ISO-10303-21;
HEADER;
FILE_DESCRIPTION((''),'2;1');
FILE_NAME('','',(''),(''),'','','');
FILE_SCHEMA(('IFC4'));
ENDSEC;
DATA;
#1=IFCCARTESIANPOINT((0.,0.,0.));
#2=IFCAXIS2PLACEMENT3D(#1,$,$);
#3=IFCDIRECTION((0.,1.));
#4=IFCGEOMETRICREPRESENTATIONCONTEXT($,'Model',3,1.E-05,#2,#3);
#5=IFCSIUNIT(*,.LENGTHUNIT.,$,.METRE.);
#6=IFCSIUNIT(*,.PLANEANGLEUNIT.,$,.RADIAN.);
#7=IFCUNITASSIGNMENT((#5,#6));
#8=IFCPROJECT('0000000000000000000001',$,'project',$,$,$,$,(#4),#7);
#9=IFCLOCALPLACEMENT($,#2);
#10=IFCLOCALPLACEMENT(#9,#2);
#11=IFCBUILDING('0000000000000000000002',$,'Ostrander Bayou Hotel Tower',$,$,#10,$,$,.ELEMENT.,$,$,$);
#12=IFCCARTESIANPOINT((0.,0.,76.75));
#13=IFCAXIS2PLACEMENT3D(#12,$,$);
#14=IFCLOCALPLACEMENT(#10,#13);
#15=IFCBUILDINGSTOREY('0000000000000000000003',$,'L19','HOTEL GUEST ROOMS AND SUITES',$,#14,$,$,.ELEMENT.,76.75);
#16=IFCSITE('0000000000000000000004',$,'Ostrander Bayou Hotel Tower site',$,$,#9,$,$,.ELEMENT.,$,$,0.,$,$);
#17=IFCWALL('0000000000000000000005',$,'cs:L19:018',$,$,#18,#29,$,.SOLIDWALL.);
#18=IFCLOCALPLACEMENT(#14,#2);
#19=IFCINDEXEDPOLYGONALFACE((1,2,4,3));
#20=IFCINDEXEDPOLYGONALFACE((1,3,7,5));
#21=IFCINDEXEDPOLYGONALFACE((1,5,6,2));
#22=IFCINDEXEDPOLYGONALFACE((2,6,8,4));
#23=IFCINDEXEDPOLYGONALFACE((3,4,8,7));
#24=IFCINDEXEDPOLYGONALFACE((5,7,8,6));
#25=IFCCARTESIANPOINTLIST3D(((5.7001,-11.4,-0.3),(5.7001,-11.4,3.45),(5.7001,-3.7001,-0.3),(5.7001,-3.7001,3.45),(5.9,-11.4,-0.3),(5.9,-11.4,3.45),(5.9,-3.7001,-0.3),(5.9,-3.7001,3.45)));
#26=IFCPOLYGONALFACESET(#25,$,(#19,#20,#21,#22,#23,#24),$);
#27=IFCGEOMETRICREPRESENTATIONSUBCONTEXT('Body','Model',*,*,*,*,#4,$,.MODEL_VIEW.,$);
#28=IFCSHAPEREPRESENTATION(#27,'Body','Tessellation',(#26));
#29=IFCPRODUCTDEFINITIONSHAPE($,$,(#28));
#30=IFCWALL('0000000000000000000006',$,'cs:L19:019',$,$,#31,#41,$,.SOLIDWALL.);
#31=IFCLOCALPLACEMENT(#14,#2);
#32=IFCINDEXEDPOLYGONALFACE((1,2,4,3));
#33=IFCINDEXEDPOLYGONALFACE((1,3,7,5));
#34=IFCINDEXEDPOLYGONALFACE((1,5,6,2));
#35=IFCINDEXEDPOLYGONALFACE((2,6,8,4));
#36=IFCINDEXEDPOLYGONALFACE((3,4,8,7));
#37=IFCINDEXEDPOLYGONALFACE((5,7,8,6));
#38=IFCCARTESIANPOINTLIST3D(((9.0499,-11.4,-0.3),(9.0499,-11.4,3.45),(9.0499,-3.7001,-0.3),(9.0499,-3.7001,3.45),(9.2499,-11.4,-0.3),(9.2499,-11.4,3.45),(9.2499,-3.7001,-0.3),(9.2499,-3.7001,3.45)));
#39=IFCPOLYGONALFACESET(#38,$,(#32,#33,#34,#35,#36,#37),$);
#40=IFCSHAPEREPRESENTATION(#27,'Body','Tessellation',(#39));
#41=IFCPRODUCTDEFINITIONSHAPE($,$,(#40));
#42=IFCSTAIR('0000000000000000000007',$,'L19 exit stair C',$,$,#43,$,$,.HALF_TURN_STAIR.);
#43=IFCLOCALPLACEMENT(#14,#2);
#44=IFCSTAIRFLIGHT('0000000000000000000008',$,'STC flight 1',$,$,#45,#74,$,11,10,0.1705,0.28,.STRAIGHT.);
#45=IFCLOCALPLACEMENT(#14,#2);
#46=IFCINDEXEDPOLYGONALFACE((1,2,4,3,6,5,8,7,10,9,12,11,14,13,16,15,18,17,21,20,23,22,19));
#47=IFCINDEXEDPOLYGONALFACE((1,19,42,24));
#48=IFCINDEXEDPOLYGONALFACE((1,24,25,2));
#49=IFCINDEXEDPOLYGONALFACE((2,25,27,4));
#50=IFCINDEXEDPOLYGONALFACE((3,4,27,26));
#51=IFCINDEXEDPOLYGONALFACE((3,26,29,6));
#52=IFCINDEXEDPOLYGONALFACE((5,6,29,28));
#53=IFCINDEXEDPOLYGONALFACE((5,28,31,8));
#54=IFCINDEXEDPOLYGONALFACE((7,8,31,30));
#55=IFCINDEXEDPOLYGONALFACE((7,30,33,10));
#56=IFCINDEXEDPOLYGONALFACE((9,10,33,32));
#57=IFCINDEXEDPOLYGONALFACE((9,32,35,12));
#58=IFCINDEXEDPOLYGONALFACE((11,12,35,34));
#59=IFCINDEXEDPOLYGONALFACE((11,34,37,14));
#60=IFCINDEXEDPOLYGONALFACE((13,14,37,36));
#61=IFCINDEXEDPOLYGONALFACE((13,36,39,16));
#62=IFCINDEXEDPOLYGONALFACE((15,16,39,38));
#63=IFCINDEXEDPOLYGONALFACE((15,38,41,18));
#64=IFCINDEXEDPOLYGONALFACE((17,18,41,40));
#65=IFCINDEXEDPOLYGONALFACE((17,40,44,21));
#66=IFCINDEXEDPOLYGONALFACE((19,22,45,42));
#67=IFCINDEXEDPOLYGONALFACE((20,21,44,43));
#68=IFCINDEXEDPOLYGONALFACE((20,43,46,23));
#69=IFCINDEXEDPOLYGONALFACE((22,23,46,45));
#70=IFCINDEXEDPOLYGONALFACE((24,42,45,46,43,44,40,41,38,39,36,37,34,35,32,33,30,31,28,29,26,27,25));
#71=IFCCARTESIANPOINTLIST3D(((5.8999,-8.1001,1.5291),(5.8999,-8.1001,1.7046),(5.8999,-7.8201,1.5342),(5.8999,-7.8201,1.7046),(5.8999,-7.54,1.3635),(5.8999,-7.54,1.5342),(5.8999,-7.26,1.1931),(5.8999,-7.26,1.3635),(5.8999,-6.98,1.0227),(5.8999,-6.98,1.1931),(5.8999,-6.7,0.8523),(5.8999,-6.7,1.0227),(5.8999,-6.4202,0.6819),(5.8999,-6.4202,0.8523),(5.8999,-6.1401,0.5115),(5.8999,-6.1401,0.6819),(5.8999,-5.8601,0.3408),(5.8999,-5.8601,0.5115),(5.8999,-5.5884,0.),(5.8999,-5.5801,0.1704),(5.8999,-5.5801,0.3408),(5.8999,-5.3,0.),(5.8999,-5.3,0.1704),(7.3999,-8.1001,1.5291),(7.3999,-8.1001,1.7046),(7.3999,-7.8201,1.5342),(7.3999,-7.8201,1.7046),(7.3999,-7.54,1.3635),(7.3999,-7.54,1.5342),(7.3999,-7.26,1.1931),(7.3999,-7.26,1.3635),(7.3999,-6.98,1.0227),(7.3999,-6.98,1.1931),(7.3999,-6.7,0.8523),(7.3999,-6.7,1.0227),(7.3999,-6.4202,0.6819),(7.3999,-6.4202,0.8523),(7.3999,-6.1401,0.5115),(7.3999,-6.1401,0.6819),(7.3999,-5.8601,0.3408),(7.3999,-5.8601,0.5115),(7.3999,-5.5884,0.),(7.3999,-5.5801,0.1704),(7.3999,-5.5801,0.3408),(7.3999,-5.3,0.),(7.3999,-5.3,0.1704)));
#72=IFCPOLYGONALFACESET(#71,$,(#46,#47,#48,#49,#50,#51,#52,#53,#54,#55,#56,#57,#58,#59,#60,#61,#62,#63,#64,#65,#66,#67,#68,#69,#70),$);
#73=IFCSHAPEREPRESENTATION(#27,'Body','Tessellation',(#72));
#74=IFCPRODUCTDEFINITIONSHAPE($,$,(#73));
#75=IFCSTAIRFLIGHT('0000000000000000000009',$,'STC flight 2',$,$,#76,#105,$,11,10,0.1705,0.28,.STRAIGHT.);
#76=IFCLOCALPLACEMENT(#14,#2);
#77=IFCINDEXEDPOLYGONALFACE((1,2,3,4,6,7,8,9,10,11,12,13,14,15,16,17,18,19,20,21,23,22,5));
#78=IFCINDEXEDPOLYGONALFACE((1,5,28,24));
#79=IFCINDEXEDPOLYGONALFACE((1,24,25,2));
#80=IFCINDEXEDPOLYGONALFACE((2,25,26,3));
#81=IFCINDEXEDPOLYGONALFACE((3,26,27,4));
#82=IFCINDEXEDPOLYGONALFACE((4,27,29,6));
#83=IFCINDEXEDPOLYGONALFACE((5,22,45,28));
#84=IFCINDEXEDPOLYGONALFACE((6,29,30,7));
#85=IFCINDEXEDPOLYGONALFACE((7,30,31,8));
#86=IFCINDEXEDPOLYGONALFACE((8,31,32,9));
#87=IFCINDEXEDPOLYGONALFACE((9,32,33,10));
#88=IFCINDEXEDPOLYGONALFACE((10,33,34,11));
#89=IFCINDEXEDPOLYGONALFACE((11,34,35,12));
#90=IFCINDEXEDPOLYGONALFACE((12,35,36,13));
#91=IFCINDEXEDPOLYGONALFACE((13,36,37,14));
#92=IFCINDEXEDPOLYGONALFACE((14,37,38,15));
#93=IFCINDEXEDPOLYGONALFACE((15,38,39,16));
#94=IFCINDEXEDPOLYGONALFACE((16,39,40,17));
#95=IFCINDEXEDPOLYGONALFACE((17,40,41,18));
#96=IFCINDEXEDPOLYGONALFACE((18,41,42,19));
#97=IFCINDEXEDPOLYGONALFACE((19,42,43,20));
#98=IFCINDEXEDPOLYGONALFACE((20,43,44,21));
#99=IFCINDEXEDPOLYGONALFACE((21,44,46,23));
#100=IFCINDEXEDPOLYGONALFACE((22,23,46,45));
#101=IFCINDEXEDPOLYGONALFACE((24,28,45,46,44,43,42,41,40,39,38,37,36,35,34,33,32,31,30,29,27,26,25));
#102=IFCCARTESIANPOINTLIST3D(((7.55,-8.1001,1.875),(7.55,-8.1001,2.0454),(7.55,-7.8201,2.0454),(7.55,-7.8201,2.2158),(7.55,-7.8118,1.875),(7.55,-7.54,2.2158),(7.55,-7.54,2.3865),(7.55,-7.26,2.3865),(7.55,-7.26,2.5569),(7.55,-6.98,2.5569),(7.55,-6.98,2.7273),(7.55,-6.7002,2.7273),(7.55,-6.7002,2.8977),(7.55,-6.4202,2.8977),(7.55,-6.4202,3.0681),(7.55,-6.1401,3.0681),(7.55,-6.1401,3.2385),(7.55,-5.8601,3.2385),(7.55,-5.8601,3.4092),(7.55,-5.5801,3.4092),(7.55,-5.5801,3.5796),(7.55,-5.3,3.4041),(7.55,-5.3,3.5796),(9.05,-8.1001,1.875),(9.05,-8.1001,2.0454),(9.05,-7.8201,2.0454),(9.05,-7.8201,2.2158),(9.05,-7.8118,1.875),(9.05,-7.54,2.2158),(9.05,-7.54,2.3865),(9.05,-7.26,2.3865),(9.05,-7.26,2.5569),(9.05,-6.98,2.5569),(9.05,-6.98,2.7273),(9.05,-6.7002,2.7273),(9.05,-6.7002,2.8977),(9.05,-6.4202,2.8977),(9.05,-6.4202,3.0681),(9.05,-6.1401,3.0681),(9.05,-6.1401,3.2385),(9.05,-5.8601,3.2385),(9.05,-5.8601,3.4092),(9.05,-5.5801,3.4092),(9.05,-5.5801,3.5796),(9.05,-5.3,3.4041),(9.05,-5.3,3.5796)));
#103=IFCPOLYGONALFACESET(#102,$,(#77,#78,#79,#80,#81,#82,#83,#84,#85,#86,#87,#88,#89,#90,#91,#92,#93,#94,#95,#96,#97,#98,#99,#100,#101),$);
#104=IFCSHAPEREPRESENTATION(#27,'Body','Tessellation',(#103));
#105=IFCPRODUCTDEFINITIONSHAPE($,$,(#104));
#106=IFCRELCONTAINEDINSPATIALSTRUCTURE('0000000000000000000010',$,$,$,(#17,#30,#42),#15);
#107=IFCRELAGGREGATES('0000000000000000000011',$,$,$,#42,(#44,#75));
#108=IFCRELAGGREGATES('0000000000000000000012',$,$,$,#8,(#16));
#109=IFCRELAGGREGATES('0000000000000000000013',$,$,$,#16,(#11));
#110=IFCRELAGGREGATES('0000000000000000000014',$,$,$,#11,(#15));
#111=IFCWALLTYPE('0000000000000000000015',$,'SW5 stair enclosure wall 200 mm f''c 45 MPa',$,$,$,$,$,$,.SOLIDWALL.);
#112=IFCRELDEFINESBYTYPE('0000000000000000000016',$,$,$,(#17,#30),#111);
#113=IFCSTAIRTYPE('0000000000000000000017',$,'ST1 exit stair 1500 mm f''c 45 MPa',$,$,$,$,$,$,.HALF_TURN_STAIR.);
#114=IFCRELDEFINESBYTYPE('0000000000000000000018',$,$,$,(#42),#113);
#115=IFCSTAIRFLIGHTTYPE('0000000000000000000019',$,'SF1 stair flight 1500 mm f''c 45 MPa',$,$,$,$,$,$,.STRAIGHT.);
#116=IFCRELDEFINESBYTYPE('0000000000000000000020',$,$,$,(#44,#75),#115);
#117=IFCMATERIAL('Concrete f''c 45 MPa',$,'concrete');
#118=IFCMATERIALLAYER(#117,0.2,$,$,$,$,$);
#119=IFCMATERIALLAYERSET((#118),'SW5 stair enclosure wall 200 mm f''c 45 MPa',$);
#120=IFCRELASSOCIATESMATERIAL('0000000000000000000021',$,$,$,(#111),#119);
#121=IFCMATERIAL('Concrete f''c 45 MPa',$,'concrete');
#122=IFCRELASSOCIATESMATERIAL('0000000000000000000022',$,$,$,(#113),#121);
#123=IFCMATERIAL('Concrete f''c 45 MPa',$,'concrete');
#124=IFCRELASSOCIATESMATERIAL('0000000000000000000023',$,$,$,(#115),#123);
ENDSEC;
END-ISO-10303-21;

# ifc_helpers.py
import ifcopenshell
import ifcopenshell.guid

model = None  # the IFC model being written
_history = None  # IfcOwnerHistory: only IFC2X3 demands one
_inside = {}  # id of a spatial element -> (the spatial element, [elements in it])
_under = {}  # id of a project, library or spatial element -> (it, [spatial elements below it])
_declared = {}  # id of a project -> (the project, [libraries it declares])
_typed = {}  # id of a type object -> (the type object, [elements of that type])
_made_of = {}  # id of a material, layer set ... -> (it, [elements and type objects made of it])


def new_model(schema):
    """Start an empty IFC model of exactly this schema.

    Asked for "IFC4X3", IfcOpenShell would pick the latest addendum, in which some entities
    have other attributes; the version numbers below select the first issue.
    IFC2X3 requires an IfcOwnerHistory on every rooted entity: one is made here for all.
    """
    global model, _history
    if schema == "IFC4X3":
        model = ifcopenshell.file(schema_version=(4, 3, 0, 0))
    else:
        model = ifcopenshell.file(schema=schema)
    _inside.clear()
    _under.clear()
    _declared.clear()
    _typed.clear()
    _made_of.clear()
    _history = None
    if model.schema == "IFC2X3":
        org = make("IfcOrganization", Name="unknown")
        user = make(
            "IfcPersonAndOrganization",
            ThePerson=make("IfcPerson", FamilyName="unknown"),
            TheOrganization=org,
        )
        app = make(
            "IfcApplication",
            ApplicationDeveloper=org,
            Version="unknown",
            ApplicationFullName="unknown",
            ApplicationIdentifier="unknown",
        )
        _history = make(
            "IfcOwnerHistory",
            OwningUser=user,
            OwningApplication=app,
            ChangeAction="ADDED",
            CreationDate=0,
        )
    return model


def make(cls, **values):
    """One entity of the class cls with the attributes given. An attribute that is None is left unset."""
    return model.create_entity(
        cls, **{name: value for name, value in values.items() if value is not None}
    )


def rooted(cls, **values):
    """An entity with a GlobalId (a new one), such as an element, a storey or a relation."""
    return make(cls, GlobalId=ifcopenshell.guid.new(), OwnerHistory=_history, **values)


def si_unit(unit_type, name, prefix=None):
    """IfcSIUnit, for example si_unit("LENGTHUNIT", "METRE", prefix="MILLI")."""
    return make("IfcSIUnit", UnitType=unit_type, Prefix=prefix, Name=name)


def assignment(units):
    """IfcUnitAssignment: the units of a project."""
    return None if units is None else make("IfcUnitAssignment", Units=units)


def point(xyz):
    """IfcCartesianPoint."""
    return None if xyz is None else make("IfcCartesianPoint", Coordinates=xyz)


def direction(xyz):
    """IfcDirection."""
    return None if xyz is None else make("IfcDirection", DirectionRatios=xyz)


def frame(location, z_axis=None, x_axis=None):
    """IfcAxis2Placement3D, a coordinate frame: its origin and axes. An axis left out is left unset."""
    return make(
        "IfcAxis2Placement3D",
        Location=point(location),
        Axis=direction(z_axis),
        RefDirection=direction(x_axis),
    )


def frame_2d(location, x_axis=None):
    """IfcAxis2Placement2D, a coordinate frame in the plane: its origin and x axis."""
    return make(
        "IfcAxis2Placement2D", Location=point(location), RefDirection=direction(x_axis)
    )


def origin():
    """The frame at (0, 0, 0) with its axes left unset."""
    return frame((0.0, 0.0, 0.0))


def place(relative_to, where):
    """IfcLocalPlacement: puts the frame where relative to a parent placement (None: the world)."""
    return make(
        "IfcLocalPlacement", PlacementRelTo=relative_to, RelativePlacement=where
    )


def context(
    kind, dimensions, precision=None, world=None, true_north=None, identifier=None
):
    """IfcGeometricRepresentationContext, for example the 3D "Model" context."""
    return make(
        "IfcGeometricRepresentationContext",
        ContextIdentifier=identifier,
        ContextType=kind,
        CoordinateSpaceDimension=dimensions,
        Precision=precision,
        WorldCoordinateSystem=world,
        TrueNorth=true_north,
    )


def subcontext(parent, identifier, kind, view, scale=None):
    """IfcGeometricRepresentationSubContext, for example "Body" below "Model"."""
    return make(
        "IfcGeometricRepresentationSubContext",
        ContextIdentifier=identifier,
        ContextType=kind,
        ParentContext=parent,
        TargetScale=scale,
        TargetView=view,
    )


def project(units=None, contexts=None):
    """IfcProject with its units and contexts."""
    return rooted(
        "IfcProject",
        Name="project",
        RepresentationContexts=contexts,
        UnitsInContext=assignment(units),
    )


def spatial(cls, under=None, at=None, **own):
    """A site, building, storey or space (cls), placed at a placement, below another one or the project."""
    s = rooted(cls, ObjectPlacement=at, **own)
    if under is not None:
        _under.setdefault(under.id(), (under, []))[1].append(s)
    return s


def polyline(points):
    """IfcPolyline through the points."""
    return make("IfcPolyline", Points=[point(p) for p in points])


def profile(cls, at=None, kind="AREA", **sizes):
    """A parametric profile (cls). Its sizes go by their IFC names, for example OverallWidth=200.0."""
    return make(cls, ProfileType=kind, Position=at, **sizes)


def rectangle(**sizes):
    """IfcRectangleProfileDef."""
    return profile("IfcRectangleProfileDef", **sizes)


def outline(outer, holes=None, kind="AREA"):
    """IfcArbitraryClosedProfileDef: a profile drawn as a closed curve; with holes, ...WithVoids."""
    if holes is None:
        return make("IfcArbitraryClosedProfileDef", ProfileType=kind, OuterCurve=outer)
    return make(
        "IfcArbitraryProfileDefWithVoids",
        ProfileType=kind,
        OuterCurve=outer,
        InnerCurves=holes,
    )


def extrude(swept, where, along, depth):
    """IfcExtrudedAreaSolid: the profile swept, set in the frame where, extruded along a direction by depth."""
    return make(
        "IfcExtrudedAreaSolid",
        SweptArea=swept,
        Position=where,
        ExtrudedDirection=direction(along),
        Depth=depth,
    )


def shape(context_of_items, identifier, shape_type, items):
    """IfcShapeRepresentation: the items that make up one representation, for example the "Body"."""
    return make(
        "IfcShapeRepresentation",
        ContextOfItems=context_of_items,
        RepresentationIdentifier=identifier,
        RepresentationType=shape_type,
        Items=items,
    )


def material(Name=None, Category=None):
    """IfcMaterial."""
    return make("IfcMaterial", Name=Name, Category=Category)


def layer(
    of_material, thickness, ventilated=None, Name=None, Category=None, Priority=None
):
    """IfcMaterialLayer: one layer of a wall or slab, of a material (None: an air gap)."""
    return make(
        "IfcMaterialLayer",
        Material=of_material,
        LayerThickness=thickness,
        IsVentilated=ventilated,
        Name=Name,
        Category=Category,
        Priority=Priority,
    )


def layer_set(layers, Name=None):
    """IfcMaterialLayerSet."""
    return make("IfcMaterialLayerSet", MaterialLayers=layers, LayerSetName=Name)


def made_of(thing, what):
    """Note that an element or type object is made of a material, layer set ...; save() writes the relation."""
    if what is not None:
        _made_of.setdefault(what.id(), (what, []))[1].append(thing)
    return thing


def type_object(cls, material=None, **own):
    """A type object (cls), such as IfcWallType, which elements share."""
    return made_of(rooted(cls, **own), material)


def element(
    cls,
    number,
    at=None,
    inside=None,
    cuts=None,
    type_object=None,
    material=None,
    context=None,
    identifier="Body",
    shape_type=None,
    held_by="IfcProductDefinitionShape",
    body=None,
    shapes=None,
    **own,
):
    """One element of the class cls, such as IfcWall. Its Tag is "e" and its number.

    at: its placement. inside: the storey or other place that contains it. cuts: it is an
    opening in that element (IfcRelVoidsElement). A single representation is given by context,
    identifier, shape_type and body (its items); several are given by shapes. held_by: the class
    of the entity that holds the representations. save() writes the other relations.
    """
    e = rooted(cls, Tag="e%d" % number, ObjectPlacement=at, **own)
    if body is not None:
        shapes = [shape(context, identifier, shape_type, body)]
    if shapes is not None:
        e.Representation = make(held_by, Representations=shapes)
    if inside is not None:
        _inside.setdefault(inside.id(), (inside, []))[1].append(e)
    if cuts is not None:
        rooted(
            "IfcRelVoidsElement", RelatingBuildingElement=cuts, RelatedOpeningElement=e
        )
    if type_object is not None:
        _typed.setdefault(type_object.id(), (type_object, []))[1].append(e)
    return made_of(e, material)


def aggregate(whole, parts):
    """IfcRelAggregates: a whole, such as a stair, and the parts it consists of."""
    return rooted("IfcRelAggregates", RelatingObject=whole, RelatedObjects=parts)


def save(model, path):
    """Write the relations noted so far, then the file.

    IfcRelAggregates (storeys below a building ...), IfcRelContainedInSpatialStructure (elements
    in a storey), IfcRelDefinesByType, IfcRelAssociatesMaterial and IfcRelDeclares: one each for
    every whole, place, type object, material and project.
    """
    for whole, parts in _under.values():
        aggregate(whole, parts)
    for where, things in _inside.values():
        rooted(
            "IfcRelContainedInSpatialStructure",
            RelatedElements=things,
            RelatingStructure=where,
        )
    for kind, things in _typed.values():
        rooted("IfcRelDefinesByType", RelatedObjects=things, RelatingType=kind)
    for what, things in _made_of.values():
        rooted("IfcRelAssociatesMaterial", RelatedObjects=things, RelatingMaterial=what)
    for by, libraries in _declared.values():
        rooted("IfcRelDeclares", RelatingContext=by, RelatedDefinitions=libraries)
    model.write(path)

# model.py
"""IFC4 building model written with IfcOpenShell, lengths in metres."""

from ifc_helpers import new_model, si_unit, direction, frame, frame_2d, origin, place, context, subcontext, project, spatial, polyline, rectangle, outline, extrude, material, layer, layer_set, type_object, element, aggregate, save


model = new_model("IFC4")

# Units and contexts
model_context = context("Model", 3, precision=1e-05, world=origin(), true_north=direction((0.0, 1.0)))
body_context = subcontext(model_context, "Body", "Model", "MODEL_VIEW")
ifc_project = project(units=[si_unit("LENGTHUNIT", "METRE"), si_unit("PLANEANGLEUNIT", "RADIAN")], contexts=[model_context])

# Site, building, storey
site_placement = place(None, origin())
site = spatial("IfcSite", under=ifc_project, at=site_placement, Name="Ostrander Bayou Hotel Tower site", CompositionType="ELEMENT", RefElevation=0.0)
building_placement = place(site_placement, origin())
building = spatial("IfcBuilding", under=site, at=building_placement, Name="Ostrander Bayou Hotel Tower", CompositionType="ELEMENT")
storey_placement = place(building_placement, frame((0.0, 0.0, 76.75)))
storey = spatial("IfcBuildingStorey", under=building, at=storey_placement, Name="L19", Description="HOTEL GUEST ROOMS AND SUITES", CompositionType="ELEMENT", Elevation=76.75)

# Shared definitions
ifc_material_1 = material(Name="Concrete f'c 45 MPa", Category="concrete")
ifc_layer_1 = layer(ifc_material_1, 0.2)
ifc_layer_set_1 = layer_set([ifc_layer_1], Name="SW5 stair enclosure wall 200 mm f'c 45 MPa")
wall_type_1 = type_object("IfcWallType", Name="SW5 stair enclosure wall 200 mm f'c 45 MPa", PredefinedType="SOLIDWALL", material=ifc_layer_set_1)

# Walls
for number, where, z_axis, x_axis, name in (
    (1, (5.8, -3.7, -0.3), (0.0, 0.0, 1.0), (0.0, -1.0, 0.0), "cs:L19:018"),
    (2, (9.1499, -3.7, -0.3), (0.0, 0.0, 1.0), (0.0, -1.0, 0.0), "cs:L19:019"),
):
    element("IfcWall", number, at=place(storey_placement, frame(where, z_axis=z_axis, x_axis=x_axis)), inside=storey, type_object=wall_type_1, Name=name, PredefinedType="SOLIDWALL", context=body_context, shape_type="SweptSolid", body=[
        extrude(rectangle(XDim=7.7, YDim=0.2, at=frame_2d((3.8501, 0.0))), origin(), (0.0, 0.0, 1.0), 3.75),
    ])

# Stair, stair flights
ifc_material_2 = material(Name="Concrete f'c 45 MPa", Category="concrete")
stair_type = type_object("IfcStairType", Name="ST1 exit stair 1500 mm f'c 45 MPa", PredefinedType="HALF_TURN_STAIR", material=ifc_material_2)
stair_placement = place(storey_placement, origin())
stair = element("IfcStair", 3, at=stair_placement, inside=storey, type_object=stair_type, Name="L19 exit stair C", PredefinedType="HALF_TURN_STAIR")
ifc_material_3 = material(Name="Concrete f'c 45 MPa", Category="concrete")
stair_flight_type = type_object("IfcStairFlightType", Name="SF1 stair flight 1500 mm f'c 45 MPa", PredefinedType="STRAIGHT", material=ifc_material_3)
stair_flight_1_placement = place(storey_placement, frame((6.6499, -5.3, 0.0), z_axis=(0.0, 0.0, 1.0), x_axis=(0.0, -1.0, 0.0)))
stair_flight_1 = element("IfcStairFlight", 4, at=stair_flight_1_placement, type_object=stair_flight_type, Name="STC flight 1", NumberOfRisers=11, NumberOfTreads=10, PredefinedType="STRAIGHT", RiserHeight=0.1705, TreadLength=0.28, context=body_context, shape_type="SweptSolid", body=[
    extrude(outline(polyline([(0.0, 0.0), (0.0, 0.1704), (0.28, 0.1704), (0.28, 0.3408), (0.5601, 0.3408), (0.5601, 0.5115), (0.8401, 0.5115), (0.8401, 0.6819), (1.1201, 0.6819), (1.1201, 0.8523), (1.3999, 0.8523), (1.3999, 1.0227), (1.6799, 1.0227), (1.6799, 1.1931), (1.96, 1.1931), (1.96, 1.3635), (2.24, 1.3635), (2.24, 1.5342), (2.52, 1.5342), (2.52, 1.7046), (2.8, 1.7046), (2.8, 1.875), (2.8, 1.5291), (0.2883, 0.0), (0.0, 0.0)])), frame((0.0, 0.75, 0.0), z_axis=(0.0, -1.0, 0.0), x_axis=(1.0, 0.0, 0.0)), (0.0, 0.0, 1.0), 1.5),
])
stair_flight_2_placement = place(storey_placement, frame((8.3, -8.1001, 1.875), z_axis=(0.0, 0.0, 1.0), x_axis=(0.0, 1.0, 0.0)))
stair_flight_2 = element("IfcStairFlight", 5, at=stair_flight_2_placement, type_object=stair_flight_type, Name="STC flight 2", NumberOfRisers=11, NumberOfTreads=10, PredefinedType="STRAIGHT", RiserHeight=0.1705, TreadLength=0.28, context=body_context, shape_type="SweptSolid", body=[
    extrude(outline(polyline([(0.0, 0.0), (0.0, 0.1704), (0.28, 0.1704), (0.28, 0.3408), (0.5601, 0.3408), (0.5601, 0.5115), (0.8401, 0.5115), (0.8401, 0.6819), (1.1201, 0.6819), (1.1201, 0.8523), (1.3999, 0.8523), (1.3999, 1.0227), (1.6799, 1.0227), (1.6799, 1.1931), (1.96, 1.1931), (1.96, 1.3635), (2.24, 1.3635), (2.24, 1.5342), (2.52, 1.5342), (2.52, 1.7046), (2.8, 1.7046), (2.8, 1.875), (2.8, 1.5291), (0.2883, 0.0), (0.0, 0.0)])), frame((0.0, 0.75, 0.0), z_axis=(0.0, -1.0, 0.0), x_axis=(1.0, 0.0, 0.0)), (0.0, 0.0, 1.0), 1.5),
])
aggregate(stair, [stair_flight_1, stair_flight_2])

save(model, "model.ifc")
